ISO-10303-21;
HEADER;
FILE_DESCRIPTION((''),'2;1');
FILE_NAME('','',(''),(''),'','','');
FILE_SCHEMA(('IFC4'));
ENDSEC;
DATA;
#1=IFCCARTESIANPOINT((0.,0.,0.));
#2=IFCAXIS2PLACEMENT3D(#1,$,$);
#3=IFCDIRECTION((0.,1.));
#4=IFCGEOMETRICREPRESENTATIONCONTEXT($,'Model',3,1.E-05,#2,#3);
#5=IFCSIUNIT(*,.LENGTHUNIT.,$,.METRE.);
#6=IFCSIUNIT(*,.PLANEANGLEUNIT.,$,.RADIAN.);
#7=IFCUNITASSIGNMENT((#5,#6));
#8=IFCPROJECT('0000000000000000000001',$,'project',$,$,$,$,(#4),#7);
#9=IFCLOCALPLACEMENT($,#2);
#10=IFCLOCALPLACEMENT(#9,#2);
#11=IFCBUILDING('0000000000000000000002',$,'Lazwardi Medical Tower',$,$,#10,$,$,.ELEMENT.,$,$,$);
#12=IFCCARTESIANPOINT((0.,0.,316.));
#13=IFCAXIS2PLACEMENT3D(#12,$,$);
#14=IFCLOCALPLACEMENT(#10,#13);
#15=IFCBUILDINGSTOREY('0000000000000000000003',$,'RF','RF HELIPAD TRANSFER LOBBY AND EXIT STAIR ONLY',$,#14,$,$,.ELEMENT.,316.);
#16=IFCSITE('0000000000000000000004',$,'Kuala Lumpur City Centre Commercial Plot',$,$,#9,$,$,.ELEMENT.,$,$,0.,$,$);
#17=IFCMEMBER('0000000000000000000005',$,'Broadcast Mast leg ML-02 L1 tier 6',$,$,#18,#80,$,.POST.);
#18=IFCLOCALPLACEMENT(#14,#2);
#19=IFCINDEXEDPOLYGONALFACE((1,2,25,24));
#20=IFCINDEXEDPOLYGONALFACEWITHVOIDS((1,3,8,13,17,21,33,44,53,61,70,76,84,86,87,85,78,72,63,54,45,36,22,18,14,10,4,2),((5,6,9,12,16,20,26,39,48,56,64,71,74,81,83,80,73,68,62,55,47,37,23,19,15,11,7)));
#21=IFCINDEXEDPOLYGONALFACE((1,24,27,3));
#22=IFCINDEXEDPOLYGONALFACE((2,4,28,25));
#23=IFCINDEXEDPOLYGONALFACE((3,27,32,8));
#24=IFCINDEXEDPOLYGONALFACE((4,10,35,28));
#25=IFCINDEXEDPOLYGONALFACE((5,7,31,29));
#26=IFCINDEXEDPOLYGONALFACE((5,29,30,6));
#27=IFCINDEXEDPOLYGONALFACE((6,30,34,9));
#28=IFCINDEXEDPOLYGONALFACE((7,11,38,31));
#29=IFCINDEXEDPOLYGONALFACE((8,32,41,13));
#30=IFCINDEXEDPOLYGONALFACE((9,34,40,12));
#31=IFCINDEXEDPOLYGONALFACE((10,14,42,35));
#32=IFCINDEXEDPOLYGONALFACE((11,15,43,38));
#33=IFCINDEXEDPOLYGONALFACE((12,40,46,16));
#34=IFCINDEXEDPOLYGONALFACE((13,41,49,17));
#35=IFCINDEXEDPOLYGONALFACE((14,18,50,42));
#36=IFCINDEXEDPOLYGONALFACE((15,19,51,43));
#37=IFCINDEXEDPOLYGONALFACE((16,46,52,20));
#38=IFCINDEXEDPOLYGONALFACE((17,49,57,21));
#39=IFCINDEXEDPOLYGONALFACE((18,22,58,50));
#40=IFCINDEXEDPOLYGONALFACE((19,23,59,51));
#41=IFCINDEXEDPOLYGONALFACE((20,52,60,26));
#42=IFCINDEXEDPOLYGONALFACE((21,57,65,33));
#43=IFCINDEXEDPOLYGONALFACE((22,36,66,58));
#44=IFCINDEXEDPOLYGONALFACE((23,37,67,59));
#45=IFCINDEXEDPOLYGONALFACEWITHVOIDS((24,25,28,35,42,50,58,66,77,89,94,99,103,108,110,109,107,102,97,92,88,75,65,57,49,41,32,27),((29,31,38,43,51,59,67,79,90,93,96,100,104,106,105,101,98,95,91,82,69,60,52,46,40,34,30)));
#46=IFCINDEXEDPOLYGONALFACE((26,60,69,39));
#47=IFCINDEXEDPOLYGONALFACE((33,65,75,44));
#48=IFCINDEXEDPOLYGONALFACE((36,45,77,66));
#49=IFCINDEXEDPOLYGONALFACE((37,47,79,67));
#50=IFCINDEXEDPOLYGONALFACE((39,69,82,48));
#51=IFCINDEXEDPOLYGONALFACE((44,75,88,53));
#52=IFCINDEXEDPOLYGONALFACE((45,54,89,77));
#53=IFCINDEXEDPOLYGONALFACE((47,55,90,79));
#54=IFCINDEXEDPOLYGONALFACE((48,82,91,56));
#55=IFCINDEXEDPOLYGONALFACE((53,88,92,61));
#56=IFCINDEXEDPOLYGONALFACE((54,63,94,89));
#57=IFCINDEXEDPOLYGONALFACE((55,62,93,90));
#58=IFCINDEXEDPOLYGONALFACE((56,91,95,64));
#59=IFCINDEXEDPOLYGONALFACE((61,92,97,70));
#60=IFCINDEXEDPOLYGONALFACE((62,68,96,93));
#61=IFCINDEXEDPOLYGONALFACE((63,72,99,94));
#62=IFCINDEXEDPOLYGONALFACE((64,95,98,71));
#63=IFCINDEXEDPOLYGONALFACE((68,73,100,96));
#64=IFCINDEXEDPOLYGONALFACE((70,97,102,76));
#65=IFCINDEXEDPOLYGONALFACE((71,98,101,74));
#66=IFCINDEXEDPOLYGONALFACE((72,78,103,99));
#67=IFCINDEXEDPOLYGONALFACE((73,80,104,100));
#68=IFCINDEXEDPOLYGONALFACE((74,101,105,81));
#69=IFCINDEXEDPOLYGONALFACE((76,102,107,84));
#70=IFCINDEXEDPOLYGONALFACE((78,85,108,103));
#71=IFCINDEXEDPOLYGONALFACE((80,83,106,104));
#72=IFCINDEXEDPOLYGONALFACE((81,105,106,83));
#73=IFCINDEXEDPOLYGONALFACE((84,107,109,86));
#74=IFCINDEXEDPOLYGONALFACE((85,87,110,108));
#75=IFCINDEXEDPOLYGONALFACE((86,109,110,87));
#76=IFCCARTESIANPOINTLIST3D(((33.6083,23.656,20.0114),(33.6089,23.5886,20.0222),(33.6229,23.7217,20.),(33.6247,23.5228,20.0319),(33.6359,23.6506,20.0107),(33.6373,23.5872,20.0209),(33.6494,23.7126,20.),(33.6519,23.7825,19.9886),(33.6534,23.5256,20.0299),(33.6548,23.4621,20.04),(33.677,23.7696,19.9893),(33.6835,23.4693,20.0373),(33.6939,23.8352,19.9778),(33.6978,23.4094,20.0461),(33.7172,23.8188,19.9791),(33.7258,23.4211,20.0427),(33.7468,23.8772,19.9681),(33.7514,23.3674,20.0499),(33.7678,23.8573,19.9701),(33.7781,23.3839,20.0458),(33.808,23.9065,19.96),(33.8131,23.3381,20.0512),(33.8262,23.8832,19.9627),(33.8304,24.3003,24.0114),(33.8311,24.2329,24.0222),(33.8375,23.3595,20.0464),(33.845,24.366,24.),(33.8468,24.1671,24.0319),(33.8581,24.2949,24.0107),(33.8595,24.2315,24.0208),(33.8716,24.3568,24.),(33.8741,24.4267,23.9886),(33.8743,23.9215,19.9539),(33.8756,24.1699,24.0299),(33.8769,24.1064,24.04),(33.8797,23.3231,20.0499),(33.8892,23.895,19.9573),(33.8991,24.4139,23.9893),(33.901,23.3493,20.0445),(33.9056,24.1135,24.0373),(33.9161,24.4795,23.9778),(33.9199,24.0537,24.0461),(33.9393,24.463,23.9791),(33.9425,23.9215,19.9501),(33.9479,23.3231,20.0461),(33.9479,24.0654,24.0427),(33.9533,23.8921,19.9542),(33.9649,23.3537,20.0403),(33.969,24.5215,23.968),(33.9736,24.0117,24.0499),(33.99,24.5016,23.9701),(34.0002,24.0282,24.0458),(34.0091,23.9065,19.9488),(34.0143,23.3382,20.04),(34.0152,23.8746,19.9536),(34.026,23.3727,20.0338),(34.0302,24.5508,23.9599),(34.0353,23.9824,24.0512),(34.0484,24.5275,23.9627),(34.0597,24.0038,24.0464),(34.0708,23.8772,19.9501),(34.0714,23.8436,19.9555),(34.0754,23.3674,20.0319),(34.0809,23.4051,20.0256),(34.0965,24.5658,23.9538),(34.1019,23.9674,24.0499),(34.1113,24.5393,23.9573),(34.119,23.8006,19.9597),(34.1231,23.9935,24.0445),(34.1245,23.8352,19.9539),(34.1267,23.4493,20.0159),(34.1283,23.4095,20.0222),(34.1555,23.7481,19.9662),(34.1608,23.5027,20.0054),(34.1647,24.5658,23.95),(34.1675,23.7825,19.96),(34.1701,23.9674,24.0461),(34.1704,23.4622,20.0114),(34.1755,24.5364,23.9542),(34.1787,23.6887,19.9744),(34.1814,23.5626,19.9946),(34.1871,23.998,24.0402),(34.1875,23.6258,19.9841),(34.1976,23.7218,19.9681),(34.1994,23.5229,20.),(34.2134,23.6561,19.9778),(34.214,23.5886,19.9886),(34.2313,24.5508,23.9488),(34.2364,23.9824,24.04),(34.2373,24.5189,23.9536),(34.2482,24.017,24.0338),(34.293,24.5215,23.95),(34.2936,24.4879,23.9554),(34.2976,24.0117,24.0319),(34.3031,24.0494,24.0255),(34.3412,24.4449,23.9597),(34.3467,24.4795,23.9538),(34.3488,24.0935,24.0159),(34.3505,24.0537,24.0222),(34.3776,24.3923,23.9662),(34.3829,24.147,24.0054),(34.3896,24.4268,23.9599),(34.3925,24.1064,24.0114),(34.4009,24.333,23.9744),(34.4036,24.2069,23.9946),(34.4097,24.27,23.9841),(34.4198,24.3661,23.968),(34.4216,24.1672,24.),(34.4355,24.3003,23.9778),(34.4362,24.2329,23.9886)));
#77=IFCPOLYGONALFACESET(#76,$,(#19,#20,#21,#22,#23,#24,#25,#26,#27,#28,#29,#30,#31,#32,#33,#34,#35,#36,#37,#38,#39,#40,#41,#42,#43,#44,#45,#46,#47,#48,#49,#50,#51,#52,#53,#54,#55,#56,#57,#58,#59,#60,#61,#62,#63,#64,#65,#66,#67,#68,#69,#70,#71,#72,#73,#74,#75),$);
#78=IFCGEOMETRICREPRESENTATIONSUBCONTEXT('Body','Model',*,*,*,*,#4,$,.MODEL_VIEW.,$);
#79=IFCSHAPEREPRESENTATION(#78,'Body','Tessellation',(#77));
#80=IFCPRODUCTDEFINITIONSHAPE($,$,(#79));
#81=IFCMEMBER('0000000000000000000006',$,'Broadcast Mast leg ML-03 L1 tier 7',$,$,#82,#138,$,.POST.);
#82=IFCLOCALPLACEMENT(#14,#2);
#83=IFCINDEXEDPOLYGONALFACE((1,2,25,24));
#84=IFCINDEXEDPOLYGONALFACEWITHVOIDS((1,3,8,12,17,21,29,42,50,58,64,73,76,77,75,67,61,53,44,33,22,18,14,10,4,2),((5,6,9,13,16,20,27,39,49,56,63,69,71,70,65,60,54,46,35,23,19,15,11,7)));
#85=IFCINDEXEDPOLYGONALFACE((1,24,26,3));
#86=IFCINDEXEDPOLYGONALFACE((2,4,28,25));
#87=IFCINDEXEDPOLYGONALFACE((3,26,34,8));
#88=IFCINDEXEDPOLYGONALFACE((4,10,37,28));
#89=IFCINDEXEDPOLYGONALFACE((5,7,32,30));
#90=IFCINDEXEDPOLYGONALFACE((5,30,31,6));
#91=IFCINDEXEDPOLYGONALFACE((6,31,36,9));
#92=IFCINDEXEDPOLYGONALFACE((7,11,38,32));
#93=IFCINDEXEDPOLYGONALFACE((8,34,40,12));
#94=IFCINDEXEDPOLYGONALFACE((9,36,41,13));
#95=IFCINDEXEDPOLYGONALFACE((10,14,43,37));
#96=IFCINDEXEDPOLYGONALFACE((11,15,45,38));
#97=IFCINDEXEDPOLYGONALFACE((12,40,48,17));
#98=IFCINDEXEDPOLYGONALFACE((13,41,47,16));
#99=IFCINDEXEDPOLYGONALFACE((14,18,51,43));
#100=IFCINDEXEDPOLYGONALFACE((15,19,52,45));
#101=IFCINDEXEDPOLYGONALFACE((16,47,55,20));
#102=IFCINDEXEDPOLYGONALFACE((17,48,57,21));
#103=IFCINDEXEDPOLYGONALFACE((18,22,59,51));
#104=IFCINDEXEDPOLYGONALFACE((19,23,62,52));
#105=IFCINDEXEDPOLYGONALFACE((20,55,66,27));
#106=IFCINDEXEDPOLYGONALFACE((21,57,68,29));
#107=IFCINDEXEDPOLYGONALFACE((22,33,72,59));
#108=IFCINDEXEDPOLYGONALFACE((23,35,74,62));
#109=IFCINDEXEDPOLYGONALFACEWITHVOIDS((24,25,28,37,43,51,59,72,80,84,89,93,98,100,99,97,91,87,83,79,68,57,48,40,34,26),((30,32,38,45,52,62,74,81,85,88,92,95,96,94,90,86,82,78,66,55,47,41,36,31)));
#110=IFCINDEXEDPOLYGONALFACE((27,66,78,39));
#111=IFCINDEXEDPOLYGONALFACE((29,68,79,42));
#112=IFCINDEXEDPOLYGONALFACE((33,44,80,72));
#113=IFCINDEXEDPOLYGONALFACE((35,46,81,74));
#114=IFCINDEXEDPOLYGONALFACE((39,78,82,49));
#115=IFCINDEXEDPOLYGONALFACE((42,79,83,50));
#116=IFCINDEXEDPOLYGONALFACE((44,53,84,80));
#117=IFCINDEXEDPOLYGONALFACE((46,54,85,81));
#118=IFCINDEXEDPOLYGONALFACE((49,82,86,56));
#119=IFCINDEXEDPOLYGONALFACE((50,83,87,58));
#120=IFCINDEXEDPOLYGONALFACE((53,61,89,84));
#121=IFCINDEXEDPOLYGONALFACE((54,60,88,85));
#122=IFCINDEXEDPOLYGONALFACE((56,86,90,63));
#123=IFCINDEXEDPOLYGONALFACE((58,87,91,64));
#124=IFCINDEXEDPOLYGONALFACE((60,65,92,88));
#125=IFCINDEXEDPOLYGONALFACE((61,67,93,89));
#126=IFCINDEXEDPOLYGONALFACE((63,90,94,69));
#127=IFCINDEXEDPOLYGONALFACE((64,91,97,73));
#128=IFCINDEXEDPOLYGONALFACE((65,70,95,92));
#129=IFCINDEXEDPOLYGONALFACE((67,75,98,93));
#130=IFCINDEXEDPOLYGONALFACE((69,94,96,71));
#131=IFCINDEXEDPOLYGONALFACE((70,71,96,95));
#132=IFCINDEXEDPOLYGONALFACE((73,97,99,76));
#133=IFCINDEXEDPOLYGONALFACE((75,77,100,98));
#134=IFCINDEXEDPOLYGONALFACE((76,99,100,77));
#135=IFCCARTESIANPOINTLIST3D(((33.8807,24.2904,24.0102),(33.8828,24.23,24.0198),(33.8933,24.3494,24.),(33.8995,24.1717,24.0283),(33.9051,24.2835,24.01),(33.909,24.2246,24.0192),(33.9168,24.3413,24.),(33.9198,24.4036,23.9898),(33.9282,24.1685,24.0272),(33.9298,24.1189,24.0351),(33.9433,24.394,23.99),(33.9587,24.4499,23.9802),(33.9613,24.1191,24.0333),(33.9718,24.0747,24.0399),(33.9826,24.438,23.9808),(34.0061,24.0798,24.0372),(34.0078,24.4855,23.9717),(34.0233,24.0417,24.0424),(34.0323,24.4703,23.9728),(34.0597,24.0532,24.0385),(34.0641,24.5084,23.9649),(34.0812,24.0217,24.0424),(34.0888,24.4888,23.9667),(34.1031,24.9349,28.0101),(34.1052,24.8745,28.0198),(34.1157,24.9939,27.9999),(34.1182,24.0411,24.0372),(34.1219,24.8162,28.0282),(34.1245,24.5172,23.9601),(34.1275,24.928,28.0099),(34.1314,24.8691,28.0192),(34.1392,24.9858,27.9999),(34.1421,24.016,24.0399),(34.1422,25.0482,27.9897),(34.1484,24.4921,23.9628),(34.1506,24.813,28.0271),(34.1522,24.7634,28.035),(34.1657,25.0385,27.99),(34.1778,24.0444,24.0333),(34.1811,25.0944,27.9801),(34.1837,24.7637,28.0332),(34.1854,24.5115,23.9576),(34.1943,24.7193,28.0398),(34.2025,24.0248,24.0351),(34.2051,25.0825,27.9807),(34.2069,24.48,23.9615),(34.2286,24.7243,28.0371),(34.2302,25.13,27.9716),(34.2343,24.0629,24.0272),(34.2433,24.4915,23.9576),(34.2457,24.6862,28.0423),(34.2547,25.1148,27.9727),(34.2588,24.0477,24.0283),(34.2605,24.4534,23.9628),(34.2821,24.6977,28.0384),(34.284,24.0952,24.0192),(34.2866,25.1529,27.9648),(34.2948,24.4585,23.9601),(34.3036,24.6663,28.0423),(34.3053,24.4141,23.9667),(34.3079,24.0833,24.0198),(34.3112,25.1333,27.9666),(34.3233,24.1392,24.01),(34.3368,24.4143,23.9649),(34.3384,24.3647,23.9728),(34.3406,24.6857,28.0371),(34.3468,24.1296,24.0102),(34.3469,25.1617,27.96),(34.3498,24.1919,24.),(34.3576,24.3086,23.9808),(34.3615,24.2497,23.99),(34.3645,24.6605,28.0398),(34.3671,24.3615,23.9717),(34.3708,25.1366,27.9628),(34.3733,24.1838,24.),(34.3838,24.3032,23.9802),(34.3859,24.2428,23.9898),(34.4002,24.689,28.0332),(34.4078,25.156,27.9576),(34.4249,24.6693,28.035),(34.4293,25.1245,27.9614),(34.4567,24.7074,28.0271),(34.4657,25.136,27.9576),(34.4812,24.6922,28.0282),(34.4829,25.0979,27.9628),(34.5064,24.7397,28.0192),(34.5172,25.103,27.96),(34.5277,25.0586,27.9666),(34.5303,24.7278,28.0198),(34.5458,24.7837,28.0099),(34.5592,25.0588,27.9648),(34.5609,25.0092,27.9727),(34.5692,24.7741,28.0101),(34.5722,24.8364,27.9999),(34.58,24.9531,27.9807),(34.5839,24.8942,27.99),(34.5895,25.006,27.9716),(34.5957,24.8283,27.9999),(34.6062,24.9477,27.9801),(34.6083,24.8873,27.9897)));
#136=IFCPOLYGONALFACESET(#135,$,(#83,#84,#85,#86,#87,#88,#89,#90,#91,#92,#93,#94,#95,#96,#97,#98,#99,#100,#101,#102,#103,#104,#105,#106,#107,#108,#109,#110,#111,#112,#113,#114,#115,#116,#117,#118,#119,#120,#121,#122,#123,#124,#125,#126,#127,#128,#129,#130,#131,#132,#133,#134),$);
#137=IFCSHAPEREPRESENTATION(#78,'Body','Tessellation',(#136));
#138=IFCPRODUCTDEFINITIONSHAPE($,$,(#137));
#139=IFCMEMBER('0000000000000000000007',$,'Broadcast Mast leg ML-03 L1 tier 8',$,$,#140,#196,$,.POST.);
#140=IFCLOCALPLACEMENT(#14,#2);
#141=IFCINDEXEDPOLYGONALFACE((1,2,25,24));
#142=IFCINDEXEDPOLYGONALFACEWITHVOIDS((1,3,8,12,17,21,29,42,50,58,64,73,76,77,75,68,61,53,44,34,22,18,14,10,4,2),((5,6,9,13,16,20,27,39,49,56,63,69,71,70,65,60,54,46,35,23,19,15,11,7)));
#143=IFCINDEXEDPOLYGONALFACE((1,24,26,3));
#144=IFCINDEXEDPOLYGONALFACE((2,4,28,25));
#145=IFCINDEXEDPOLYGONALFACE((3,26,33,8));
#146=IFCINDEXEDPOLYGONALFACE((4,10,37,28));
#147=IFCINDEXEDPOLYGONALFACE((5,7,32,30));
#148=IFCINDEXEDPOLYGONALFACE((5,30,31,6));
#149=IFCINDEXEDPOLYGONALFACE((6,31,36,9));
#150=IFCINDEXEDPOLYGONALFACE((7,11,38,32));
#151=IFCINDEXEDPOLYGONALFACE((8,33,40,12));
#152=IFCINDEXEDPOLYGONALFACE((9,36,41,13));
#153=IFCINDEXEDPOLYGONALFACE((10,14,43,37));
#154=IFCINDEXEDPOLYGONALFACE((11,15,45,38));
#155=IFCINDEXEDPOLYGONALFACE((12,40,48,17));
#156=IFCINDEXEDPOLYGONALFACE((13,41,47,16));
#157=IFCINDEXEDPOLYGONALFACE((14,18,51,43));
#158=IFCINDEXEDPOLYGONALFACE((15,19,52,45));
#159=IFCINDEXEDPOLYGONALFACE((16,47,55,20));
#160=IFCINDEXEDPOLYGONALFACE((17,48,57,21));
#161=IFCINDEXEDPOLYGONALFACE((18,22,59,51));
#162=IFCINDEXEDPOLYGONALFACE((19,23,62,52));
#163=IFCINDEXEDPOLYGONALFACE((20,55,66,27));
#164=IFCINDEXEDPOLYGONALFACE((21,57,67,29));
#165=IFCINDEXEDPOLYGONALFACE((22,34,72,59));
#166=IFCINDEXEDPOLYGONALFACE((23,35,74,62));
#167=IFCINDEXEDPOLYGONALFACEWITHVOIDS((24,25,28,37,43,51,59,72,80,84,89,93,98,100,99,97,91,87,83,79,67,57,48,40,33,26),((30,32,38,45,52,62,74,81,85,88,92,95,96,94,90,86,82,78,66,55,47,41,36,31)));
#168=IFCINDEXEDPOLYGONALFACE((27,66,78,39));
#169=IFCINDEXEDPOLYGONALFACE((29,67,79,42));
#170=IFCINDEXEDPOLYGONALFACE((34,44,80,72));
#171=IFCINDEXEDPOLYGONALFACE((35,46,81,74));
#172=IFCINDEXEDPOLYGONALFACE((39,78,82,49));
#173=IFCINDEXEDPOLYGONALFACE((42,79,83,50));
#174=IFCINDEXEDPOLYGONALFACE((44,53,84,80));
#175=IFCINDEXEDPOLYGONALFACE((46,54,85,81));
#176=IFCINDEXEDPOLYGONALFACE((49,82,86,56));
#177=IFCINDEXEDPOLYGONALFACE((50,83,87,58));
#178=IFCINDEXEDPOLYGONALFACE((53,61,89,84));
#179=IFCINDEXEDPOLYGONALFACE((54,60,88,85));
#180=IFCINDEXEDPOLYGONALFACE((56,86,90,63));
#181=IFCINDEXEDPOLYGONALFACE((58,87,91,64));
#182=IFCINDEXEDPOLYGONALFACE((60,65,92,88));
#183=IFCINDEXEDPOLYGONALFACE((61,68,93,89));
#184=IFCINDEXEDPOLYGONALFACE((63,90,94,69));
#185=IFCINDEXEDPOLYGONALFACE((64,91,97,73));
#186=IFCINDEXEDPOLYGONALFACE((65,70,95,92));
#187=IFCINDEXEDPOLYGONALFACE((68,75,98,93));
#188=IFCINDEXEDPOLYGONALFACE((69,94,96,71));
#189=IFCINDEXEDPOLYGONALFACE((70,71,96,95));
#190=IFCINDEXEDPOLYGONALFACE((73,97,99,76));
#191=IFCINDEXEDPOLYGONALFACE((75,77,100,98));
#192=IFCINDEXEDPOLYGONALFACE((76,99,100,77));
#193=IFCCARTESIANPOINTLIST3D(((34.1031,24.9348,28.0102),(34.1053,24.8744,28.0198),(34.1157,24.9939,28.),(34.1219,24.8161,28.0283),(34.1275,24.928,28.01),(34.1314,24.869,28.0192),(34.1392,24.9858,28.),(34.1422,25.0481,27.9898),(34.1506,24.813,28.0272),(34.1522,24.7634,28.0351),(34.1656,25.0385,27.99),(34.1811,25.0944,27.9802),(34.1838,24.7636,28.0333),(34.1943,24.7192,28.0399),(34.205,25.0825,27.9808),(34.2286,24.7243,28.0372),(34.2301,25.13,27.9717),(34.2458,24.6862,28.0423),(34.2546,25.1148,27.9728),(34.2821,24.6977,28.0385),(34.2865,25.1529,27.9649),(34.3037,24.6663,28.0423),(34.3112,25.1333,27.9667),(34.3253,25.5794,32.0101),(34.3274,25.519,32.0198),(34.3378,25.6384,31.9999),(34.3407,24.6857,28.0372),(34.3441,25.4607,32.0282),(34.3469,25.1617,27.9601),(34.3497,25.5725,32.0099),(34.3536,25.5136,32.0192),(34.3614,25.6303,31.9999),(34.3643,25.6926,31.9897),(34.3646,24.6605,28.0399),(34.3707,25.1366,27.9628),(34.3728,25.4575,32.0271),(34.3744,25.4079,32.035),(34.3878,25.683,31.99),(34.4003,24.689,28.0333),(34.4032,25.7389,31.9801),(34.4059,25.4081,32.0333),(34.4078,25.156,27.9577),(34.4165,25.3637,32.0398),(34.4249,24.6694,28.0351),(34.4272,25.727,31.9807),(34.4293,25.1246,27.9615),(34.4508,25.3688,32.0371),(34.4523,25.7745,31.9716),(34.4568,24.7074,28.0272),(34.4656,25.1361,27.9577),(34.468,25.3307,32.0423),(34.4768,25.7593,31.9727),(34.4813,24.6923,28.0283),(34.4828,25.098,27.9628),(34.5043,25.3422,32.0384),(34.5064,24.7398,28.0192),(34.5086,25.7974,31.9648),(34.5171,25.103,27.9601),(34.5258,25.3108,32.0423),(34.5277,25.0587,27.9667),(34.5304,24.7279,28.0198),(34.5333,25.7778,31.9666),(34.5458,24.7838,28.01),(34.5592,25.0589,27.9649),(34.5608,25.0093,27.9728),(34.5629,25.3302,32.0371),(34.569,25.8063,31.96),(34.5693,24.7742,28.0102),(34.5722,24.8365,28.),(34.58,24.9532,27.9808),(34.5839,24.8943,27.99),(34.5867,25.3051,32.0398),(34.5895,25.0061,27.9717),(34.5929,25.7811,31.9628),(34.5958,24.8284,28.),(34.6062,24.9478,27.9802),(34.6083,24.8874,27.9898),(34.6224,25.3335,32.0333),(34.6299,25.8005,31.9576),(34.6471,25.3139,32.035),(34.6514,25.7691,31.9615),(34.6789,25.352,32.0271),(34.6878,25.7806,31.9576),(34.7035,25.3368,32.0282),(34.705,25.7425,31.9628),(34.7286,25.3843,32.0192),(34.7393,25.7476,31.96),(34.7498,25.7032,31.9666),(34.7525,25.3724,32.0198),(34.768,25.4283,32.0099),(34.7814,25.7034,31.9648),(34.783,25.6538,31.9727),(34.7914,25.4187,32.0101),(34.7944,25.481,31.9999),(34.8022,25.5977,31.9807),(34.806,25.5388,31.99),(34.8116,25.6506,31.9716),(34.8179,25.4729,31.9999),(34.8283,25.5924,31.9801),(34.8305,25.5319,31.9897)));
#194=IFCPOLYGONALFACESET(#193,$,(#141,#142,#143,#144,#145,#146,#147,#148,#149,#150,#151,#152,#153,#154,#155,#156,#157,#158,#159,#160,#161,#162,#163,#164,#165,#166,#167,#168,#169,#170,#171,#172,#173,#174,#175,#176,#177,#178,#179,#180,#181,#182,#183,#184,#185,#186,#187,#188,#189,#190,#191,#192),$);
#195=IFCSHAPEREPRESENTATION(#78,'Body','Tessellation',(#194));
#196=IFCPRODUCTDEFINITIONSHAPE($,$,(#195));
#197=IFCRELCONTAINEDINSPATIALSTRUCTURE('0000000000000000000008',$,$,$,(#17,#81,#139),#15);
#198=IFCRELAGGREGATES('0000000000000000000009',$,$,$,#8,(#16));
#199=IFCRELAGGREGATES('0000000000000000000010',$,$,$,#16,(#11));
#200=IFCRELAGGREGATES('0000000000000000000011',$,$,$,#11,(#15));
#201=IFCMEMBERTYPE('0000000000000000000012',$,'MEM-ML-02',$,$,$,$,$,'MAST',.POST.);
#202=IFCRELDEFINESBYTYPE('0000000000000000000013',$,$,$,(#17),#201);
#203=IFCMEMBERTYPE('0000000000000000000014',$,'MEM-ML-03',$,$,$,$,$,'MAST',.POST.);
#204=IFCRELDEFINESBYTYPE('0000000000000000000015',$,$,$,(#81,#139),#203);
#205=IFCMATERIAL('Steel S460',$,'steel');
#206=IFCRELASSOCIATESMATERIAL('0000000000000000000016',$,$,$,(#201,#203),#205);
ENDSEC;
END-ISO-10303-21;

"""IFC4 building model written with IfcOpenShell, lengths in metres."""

from ifc_helpers import new_model, si_unit, direction, frame, origin, origin_2d, place, context, subcontext, project, spatial, hollow_circle, extrude, material, material_profile, profile_set, type_object, element, save


model = new_model("IFC4")

# Units and contexts
model_context = context("Model", 3, precision=1e-05, world=origin(), true_north=direction((0.0, 1.0)))
body_context = subcontext(model_context, "Body", "Model", "MODEL_VIEW")
ifc_project = project(units=[si_unit("LENGTHUNIT", "METRE"), si_unit("PLANEANGLEUNIT", "RADIAN")], contexts=[model_context])

# Site, building, storey
site_placement = place(None, origin())
site = spatial("IfcSite", under=ifc_project, at=site_placement, Name="Kuala Lumpur City Centre Commercial Plot", CompositionType="ELEMENT", RefElevation=0.0)
building_placement = place(site_placement, origin())
building = spatial("IfcBuilding", under=site, at=building_placement, Name="Lazwardi Medical Tower", CompositionType="ELEMENT")
storey_placement = place(building_placement, frame((0.0, 0.0, 316.0)))
storey = spatial("IfcBuildingStorey", under=building, at=storey_placement, Name="RF", Description="RF HELIPAD TRANSFER LOBBY AND EXIT STAIR ONLY", CompositionType="ELEMENT", Elevation=316.0)

# Members
ifc_material = material(Name="Steel S460", Category="steel")
ifc_material_profile_1 = material_profile(ifc_material, hollow_circle(Radius=0.3049, WallThickness=0.0281, at=origin_2d()), Name="CHS 610x28")
ifc_profile_set_1 = profile_set([ifc_material_profile_1], Name="Steel S460")
member_type_1 = type_object("IfcMemberType", Name="MEM-ML-02", ElementType="MAST", PredefinedType="POST", material=ifc_profile_set_1)
for number, where, z_axis, x_axis, name in (
    (1, (33.9111, 23.6223, 20.0), (0.054753, 0.158784, 0.985794), (-0.945373, 0.325991, 0.0), "Broadcast Mast leg ML-02 L1 tier 6"),
):
    element("IfcMember", number, at=place(storey_placement, frame(where, z_axis=z_axis, x_axis=x_axis)), inside=storey, type_object=member_type_1, Name=name, PredefinedType="POST", context=body_context, shape_type="SweptSolid", body=[
        extrude(hollow_circle(Radius=0.3049, WallThickness=0.0281, at=origin_2d()), origin(), (0.0, 0.0, 1.0), 4.0576),
    ])
ifc_material_profile_2 = material_profile(ifc_material, hollow_circle(Radius=0.2539, WallThickness=0.0249, at=origin_2d()), Name="CHS 508x25")
ifc_profile_set_2 = profile_set([ifc_material_profile_2], Name="Steel S460")
member_type_2 = type_object("IfcMemberType", Name="MEM-ML-03", ElementType="MAST", PredefinedType="POST", material=ifc_profile_set_2)
for number, where, z_axis, x_axis, name in (
    (2, (34.1333, 24.2666, 24.0), (0.054812, 0.158842, 0.985781), (-0.945301, 0.3262, 0.0), "Broadcast Mast leg ML-03 L1 tier 7"),
    (3, (34.3557, 24.9111, 28.0), (0.054752, 0.158842, 0.985785), (-0.945411, 0.32588, 0.0), "Broadcast Mast leg ML-03 L1 tier 8"),
):
    element("IfcMember", number, at=place(storey_placement, frame(where, z_axis=z_axis, x_axis=x_axis)), inside=storey, type_object=member_type_2, Name=name, PredefinedType="POST", context=body_context, shape_type="SweptSolid", body=[
        extrude(hollow_circle(Radius=0.2539, WallThickness=0.0249, at=origin_2d()), origin(), (0.0, 0.0, 1.0), 4.0576),
    ])

save(model, "model.ifc")
